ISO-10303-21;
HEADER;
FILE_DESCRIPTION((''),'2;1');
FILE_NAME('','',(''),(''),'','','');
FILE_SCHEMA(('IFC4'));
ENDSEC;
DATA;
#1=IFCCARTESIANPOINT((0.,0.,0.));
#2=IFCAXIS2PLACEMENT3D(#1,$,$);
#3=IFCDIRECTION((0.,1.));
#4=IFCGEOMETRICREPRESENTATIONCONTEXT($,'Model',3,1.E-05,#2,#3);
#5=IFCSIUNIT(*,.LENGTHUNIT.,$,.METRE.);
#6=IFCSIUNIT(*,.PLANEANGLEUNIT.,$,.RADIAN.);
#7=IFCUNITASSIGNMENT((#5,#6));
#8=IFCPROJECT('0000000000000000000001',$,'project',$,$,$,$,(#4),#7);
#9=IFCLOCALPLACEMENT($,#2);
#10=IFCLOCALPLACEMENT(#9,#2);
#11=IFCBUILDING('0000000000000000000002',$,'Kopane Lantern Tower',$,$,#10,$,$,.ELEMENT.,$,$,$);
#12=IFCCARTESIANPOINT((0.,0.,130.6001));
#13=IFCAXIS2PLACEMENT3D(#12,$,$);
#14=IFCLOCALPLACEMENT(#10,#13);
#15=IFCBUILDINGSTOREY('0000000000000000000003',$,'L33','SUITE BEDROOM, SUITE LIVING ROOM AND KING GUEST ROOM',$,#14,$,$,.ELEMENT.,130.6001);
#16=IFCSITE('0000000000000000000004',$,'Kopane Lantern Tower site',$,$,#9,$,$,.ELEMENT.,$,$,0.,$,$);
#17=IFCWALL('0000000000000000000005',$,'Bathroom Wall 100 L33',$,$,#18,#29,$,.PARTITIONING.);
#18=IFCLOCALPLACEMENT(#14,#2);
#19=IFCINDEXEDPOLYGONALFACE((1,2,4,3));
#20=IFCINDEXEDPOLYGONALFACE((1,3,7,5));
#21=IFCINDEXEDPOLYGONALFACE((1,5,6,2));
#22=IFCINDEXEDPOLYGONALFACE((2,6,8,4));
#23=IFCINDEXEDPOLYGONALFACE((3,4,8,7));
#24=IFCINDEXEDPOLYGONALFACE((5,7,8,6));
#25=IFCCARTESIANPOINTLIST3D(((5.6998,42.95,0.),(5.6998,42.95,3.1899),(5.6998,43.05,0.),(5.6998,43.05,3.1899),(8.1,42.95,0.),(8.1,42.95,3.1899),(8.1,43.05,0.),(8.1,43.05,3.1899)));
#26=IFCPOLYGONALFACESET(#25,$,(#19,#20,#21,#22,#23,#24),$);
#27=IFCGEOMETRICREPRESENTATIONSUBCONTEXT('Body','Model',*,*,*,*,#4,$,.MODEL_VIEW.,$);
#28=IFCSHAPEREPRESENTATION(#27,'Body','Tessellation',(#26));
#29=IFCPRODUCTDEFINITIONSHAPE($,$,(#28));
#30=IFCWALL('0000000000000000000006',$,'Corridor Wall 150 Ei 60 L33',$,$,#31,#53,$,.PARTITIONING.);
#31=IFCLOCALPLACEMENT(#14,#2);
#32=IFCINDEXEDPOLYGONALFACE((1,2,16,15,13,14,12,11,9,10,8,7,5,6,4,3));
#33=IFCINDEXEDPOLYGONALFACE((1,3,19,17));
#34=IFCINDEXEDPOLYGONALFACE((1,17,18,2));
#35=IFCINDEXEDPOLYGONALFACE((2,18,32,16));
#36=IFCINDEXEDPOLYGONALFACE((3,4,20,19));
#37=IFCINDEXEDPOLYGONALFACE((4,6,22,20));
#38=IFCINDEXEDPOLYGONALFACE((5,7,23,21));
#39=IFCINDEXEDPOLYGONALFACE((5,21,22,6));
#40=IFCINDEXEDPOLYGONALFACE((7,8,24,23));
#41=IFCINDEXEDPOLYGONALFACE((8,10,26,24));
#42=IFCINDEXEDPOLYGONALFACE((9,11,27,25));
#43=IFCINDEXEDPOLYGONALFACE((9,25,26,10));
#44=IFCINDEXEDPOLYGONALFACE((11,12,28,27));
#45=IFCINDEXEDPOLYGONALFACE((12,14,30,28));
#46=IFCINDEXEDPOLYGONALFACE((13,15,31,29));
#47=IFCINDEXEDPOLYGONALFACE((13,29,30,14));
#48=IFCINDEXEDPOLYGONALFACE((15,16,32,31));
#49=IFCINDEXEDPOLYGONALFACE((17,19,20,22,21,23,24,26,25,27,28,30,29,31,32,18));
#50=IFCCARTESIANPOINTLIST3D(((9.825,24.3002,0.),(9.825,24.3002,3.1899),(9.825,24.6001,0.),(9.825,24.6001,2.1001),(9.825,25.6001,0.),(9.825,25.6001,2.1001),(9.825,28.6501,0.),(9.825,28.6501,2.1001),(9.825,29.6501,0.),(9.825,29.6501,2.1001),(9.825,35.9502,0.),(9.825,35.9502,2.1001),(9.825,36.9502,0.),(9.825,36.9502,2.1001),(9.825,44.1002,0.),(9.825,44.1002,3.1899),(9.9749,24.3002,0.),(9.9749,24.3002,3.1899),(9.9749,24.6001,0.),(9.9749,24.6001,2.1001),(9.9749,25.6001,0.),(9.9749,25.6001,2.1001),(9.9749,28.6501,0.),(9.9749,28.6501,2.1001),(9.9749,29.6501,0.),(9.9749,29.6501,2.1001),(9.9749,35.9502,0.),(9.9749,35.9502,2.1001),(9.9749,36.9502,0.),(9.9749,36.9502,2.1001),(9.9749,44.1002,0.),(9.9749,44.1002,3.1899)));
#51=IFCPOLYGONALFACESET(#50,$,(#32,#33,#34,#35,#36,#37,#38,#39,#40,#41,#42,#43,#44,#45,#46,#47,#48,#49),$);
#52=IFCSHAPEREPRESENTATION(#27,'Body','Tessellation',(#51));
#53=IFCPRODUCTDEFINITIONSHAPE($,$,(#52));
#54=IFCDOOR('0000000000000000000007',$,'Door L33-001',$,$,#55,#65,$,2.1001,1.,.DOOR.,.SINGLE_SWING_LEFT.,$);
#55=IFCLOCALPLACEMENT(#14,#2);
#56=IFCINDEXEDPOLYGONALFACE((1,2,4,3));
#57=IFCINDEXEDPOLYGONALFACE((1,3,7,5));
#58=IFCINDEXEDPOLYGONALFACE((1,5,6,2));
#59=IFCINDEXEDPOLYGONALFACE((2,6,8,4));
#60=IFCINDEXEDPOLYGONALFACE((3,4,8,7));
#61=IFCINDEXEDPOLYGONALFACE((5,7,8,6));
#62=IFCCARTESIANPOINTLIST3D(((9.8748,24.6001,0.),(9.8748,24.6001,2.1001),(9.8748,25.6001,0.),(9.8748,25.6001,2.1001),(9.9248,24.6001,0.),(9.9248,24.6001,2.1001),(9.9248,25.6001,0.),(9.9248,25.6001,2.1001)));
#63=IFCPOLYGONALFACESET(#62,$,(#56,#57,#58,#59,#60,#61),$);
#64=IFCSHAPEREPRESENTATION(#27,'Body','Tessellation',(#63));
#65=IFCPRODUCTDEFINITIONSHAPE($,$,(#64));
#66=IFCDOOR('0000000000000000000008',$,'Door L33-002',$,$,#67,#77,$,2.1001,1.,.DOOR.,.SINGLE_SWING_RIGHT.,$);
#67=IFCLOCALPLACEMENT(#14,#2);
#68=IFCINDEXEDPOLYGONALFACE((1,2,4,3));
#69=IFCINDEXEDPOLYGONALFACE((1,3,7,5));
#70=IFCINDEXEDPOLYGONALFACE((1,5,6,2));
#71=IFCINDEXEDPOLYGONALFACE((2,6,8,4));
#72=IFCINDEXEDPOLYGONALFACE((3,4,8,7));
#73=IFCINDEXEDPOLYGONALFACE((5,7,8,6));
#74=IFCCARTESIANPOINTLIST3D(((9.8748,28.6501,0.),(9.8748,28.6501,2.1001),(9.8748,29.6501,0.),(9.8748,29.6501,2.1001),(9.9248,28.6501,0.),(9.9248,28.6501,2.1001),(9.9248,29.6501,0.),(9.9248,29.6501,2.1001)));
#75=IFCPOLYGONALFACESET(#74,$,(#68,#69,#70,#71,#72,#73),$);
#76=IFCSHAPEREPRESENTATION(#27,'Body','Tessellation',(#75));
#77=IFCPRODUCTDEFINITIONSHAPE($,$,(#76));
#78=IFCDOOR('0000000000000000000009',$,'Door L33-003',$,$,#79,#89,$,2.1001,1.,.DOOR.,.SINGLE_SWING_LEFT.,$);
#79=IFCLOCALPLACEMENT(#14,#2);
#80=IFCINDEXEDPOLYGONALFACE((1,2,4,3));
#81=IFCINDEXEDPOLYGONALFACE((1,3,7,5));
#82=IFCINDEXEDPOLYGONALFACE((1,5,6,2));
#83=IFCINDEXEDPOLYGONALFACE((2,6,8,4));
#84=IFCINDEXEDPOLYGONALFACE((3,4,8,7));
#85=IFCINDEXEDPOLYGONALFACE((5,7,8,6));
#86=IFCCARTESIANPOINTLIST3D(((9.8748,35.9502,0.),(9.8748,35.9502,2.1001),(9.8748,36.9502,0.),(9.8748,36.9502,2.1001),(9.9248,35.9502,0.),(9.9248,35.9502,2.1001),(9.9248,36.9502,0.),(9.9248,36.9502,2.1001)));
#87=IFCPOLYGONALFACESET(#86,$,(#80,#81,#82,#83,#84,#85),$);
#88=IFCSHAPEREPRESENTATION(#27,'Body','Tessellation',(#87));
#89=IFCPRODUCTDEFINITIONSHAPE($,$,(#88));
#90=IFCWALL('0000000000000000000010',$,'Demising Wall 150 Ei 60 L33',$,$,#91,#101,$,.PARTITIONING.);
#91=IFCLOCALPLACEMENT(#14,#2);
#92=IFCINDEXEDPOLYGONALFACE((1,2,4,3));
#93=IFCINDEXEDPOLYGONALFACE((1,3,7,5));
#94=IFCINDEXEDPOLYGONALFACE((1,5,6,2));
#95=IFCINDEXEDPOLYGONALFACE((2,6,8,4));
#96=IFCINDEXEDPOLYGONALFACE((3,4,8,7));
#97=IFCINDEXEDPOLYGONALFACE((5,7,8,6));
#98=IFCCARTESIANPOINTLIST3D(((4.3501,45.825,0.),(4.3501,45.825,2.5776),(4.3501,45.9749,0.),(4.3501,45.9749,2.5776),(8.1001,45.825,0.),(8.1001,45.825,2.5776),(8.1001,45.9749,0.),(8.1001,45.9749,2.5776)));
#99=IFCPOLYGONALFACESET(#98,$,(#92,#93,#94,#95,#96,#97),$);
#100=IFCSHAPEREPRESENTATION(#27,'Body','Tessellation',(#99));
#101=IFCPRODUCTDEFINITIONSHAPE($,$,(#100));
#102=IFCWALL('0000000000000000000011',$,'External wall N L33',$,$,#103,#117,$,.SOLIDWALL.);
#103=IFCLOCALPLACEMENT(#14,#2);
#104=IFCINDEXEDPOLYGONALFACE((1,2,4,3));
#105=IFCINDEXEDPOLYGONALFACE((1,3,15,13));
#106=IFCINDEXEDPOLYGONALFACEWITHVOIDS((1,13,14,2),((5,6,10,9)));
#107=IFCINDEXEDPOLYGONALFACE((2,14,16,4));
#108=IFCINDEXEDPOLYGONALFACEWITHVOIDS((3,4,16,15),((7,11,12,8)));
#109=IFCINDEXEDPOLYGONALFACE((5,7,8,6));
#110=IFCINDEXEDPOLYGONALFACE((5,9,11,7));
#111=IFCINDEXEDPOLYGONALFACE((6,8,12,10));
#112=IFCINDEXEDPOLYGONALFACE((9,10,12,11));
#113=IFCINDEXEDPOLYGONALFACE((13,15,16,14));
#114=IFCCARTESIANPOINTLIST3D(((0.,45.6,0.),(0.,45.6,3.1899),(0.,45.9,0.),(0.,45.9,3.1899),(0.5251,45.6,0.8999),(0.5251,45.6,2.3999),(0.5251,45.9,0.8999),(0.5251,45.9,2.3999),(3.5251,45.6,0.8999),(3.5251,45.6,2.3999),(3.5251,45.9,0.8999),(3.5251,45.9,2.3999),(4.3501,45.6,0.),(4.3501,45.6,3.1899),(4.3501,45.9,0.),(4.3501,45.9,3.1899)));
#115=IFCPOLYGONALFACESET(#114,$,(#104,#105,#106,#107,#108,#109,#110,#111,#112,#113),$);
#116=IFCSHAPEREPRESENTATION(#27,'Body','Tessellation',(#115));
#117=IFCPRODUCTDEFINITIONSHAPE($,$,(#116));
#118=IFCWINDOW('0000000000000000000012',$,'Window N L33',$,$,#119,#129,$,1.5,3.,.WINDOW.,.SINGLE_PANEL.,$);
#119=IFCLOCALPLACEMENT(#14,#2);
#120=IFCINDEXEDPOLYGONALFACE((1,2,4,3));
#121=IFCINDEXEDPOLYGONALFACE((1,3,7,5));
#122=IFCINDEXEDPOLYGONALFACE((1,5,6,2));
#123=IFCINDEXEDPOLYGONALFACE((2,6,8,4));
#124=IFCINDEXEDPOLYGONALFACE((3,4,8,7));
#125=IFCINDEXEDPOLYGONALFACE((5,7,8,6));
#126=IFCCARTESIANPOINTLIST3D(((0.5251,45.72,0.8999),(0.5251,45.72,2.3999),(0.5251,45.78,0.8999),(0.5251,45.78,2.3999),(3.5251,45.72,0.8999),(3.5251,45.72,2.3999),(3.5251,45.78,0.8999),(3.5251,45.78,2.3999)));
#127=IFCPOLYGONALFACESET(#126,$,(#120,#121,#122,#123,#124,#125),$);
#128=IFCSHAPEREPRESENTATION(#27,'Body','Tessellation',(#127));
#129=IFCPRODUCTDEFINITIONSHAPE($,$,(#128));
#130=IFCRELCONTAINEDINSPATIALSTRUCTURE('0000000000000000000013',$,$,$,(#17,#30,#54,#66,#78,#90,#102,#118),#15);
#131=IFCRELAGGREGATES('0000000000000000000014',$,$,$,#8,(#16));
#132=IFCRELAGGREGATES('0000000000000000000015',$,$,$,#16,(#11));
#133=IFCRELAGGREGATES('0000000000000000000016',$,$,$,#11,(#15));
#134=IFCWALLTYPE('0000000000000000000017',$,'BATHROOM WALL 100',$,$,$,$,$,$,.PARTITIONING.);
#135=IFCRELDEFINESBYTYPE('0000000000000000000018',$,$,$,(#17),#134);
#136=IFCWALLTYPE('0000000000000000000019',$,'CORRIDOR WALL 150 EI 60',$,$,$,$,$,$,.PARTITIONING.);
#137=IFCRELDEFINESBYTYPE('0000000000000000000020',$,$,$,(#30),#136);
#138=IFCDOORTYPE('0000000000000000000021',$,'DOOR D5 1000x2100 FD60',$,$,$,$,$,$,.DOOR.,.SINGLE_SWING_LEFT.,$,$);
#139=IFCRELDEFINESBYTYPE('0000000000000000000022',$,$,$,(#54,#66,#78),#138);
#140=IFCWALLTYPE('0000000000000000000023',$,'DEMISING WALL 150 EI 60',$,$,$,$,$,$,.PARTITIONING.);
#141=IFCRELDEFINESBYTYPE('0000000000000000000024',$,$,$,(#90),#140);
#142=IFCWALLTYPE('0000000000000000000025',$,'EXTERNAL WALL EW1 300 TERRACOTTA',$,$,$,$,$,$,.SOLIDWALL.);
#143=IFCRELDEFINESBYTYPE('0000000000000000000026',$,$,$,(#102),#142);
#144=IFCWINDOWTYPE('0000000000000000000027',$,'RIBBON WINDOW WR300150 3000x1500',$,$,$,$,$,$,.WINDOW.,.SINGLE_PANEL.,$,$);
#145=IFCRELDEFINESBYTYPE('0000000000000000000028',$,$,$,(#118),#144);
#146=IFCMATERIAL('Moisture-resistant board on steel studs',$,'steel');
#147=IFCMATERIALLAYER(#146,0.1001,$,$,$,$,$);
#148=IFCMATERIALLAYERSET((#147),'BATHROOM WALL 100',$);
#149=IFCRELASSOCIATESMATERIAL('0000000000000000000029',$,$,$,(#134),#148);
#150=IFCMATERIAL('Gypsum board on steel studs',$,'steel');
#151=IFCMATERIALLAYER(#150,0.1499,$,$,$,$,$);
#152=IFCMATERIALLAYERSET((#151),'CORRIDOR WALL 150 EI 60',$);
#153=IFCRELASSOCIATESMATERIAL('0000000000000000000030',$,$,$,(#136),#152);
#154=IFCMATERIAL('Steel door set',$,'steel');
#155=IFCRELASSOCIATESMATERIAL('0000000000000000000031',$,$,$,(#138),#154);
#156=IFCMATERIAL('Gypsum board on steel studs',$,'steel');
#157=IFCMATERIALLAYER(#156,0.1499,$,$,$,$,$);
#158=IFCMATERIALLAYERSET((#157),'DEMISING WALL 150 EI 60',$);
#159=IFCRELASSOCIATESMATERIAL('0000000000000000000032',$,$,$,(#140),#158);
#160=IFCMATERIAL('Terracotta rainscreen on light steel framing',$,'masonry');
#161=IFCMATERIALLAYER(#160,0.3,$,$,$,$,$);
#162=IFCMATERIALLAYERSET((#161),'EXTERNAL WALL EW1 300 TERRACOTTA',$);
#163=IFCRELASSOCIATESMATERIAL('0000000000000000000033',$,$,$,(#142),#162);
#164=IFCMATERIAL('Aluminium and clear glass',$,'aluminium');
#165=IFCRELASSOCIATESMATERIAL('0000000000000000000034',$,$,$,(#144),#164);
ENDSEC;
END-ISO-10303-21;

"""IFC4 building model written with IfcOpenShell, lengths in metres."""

from ifc_helpers import new_model, si_unit, direction, frame, frame_2d, origin, place, context, subcontext, project, spatial, rectangle, extrude, material, layer, layer_set, type_object, element, fill, save


model = new_model("IFC4")

# Units and contexts
model_context = context("Model", 3, precision=1e-05, world=origin(), true_north=direction((0.0, 1.0)))
body_context = subcontext(model_context, "Body", "Model", "MODEL_VIEW")
ifc_project = project(units=[si_unit("LENGTHUNIT", "METRE"), si_unit("PLANEANGLEUNIT", "RADIAN")], contexts=[model_context])

# Site, building, storey
site_placement = place(None, origin())
site = spatial("IfcSite", under=ifc_project, at=site_placement, Name="Kopane Lantern Tower site", CompositionType="ELEMENT", RefElevation=0.0)
building_placement = place(site_placement, origin())
building = spatial("IfcBuilding", under=site, at=building_placement, Name="Kopane Lantern Tower", CompositionType="ELEMENT")
storey_placement = place(building_placement, frame((0.0, 0.0, 130.6001)))
storey = spatial("IfcBuildingStorey", under=building, at=storey_placement, Name="L33", Description="SUITE BEDROOM, SUITE LIVING ROOM AND KING GUEST ROOM", CompositionType="ELEMENT", Elevation=130.6001)

# Wall
ifc_material_1 = material(Name="Moisture-resistant board on steel studs", Category="steel")
ifc_layer_1 = layer(ifc_material_1, 0.1001)
ifc_layer_set_1 = layer_set([ifc_layer_1], Name="BATHROOM WALL 100")
wall_type_1 = type_object("IfcWallType", Name="BATHROOM WALL 100", PredefinedType="PARTITIONING", material=ifc_layer_set_1)
for number, where, z_axis, x_axis, name in (
    (1, (8.1001, 43.0, 0.0), (0.0, 0.0, 1.0), (-1.0, 0.0, 0.0), "Bathroom Wall 100 L33"),
):
    element("IfcWall", number, at=place(storey_placement, frame(where, z_axis=z_axis, x_axis=x_axis)), inside=storey, type_object=wall_type_1, Name=name, PredefinedType="PARTITIONING", context=body_context, shape_type="SweptSolid", body=[
        extrude(rectangle(XDim=2.4001, YDim=0.1001, at=frame_2d((1.2002, 0.0))), origin(), (0.0, 0.0, 1.0), 3.1899),
    ])

# Wall, openings, doors
ifc_material_2 = material(Name="Gypsum board on steel studs", Category="steel")
ifc_layer_2 = layer(ifc_material_2, 0.1499)
ifc_layer_set_2 = layer_set([ifc_layer_2], Name="CORRIDOR WALL 150 EI 60")
wall_type_2 = type_object("IfcWallType", Name="CORRIDOR WALL 150 EI 60", PredefinedType="PARTITIONING", material=ifc_layer_set_2)
wall_1_placement = place(storey_placement, frame((9.8999, 44.1001, 0.0), z_axis=(0.0, 0.0, 1.0), x_axis=(0.0, -1.0, 0.0)))
wall_1 = element("IfcWall", 2, at=wall_1_placement, inside=storey, type_object=wall_type_2, Name="Corridor Wall 150 Ei 60 L33", PredefinedType="PARTITIONING", context=body_context, shape_type="SweptSolid", body=[
    extrude(rectangle(XDim=19.8, YDim=0.1499, at=frame_2d((9.8999, 0.0))), origin(), (0.0, 0.0, 1.0), 3.1899),
])
opening_1_placement = place(wall_1_placement, frame((18.5, 0.0, 0.0)))
opening_1 = element("IfcOpeningElement", 3, at=opening_1_placement, cuts=wall_1, PredefinedType="OPENING", context=body_context, shape_type="SweptSolid", body=[
    extrude(rectangle(XDim=1.0, YDim=2.1001, at=frame_2d((0.5, 1.05))), frame((0.0, 0.085, 0.0), z_axis=(0.0, -1.0, 0.0), x_axis=(1.0, 0.0, 0.0)), (0.0, 0.0, 1.0), 0.1699),
])
opening_2_placement = place(wall_1_placement, frame((14.45, 0.0, 0.0)))
opening_2 = element("IfcOpeningElement", 4, at=opening_2_placement, cuts=wall_1, PredefinedType="OPENING", context=body_context, shape_type="SweptSolid", body=[
    extrude(rectangle(XDim=1.0, YDim=2.1001, at=frame_2d((0.5, 1.05))), frame((0.0, 0.085, 0.0), z_axis=(0.0, -1.0, 0.0), x_axis=(1.0, 0.0, 0.0)), (0.0, 0.0, 1.0), 0.1699),
])
opening_3_placement = place(wall_1_placement, frame((7.1499, 0.0, 0.0)))
opening_3 = element("IfcOpeningElement", 5, at=opening_3_placement, cuts=wall_1, PredefinedType="OPENING", context=body_context, shape_type="SweptSolid", body=[
    extrude(rectangle(XDim=1.0, YDim=2.1001, at=frame_2d((0.5, 1.05))), frame((0.0, 0.085, 0.0), z_axis=(0.0, -1.0, 0.0), x_axis=(1.0, 0.0, 0.0)), (0.0, 0.0, 1.0), 0.1699),
])
ifc_material_3 = material(Name="Steel door set", Category="steel")
door_type = type_object("IfcDoorType", Name="DOOR D5 1000x2100 FD60", OperationType="SINGLE_SWING_LEFT", PredefinedType="DOOR", material=ifc_material_3)
door_1_placement = place(opening_1_placement, origin())
door_1 = element("IfcDoor", 6, at=door_1_placement, inside=storey, type_object=door_type, Name="Door L33-001", OperationType="SINGLE_SWING_LEFT", OverallHeight=2.1001, OverallWidth=1.0, PredefinedType="DOOR", context=body_context, shape_type="SweptSolid", body=[
    extrude(rectangle(XDim=1.0, YDim=2.1001, at=frame_2d((0.5, 1.05))), frame((0.0, 0.0249, 0.0), z_axis=(0.0, -1.0, 0.0), x_axis=(1.0, 0.0, 0.0)), (0.0, 0.0, 1.0), 0.05),
])
fill(opening_1, door_1)
door_2_placement = place(opening_2_placement, origin())
door_2 = element("IfcDoor", 7, at=door_2_placement, inside=storey, type_object=door_type, Name="Door L33-002", OperationType="SINGLE_SWING_RIGHT", OverallHeight=2.1001, OverallWidth=1.0, PredefinedType="DOOR", context=body_context, shape_type="SweptSolid", body=[
    extrude(rectangle(XDim=1.0, YDim=2.1001, at=frame_2d((0.5, 1.05))), frame((0.0, 0.0249, 0.0), z_axis=(0.0, -1.0, 0.0), x_axis=(1.0, 0.0, 0.0)), (0.0, 0.0, 1.0), 0.05),
])
fill(opening_2, door_2)
door_3_placement = place(opening_3_placement, origin())
door_3 = element("IfcDoor", 8, at=door_3_placement, inside=storey, type_object=door_type, Name="Door L33-003", OperationType="SINGLE_SWING_LEFT", OverallHeight=2.1001, OverallWidth=1.0, PredefinedType="DOOR", context=body_context, shape_type="SweptSolid", body=[
    extrude(rectangle(XDim=1.0, YDim=2.1001, at=frame_2d((0.5, 1.05))), frame((0.0, 0.0249, 0.0), z_axis=(0.0, -1.0, 0.0), x_axis=(1.0, 0.0, 0.0)), (0.0, 0.0, 1.0), 0.05),
])
fill(opening_3, door_3)

# Wall
ifc_material_4 = material(Name="Gypsum board on steel studs", Category="steel")
ifc_layer_3 = layer(ifc_material_4, 0.1499)
ifc_layer_set_3 = layer_set([ifc_layer_3], Name="DEMISING WALL 150 EI 60")
wall_type_3 = type_object("IfcWallType", Name="DEMISING WALL 150 EI 60", PredefinedType="PARTITIONING", material=ifc_layer_set_3)
wall_2_placement = place(storey_placement, frame((4.3501, 45.8999, 0.0), z_axis=(0.0, 0.0, 1.0), x_axis=(1.0, 0.0, 0.0)))
element("IfcWall", 9, at=wall_2_placement, inside=storey, type_object=wall_type_3, Name="Demising Wall 150 Ei 60 L33", PredefinedType="PARTITIONING", context=body_context, shape_type="SweptSolid", body=[
    extrude(rectangle(XDim=3.75, YDim=0.1499, at=frame_2d((1.875, 0.0))), origin(), (0.0, 0.0, 1.0), 2.5776),
])

# Wall, opening, window
ifc_material_5 = material(Name="Terracotta rainscreen on light steel framing", Category="masonry")
ifc_layer_4 = layer(ifc_material_5, 0.3)
ifc_layer_set_4 = layer_set([ifc_layer_4], Name="EXTERNAL WALL EW1 300 TERRACOTTA")
wall_type_4 = type_object("IfcWallType", Name="EXTERNAL WALL EW1 300 TERRACOTTA", PredefinedType="SOLIDWALL", material=ifc_layer_set_4)
wall_3_placement = place(storey_placement, frame((4.3501, 45.75, 0.0), z_axis=(0.0, 0.0, 1.0), x_axis=(-1.0, 0.0, 0.0)))
wall_3 = element("IfcWall", 10, at=wall_3_placement, inside=storey, type_object=wall_type_4, Name="External wall N L33", PredefinedType="SOLIDWALL", context=body_context, shape_type="SweptSolid", body=[
    extrude(rectangle(XDim=4.3501, YDim=0.3, at=frame_2d((2.175, 0.0))), origin(), (0.0, 0.0, 1.0), 3.1899),
])
opening_4_placement = place(wall_3_placement, frame((0.825, 0.0, 0.8999)))
opening_4 = element("IfcOpeningElement", 11, at=opening_4_placement, cuts=wall_3, PredefinedType="OPENING", context=body_context, shape_type="SweptSolid", body=[
    extrude(rectangle(XDim=3.0, YDim=1.5, at=frame_2d((1.5, 0.75))), frame((0.0, 0.1599, 0.0), z_axis=(0.0, -1.0, 0.0), x_axis=(1.0, 0.0, 0.0)), (0.0, 0.0, 1.0), 0.3201),
])
ifc_material_6 = material(Name="Aluminium and clear glass", Category="aluminium")
window_type_1 = type_object("IfcWindowType", Name="RIBBON WINDOW WR300150 3000x1500", PartitioningType="SINGLE_PANEL", PredefinedType="WINDOW", material=ifc_material_6)
window_1_placement = place(opening_4_placement, origin())
window_1 = element("IfcWindow", 12, at=window_1_placement, inside=storey, type_object=window_type_1, Name="Window N L33", OverallHeight=1.5, OverallWidth=3.0, PartitioningType="SINGLE_PANEL", PredefinedType="WINDOW", context=body_context, shape_type="SweptSolid", body=[
    extrude(rectangle(XDim=3.0, YDim=1.5, at=frame_2d((1.5, 0.75))), frame((0.0, 0.03, 0.0), z_axis=(0.0, -1.0, 0.0), x_axis=(1.0, 0.0, 0.0)), (0.0, 0.0, 1.0), 0.0601),
])
fill(opening_4, window_1)

save(model, "model.ifc")
